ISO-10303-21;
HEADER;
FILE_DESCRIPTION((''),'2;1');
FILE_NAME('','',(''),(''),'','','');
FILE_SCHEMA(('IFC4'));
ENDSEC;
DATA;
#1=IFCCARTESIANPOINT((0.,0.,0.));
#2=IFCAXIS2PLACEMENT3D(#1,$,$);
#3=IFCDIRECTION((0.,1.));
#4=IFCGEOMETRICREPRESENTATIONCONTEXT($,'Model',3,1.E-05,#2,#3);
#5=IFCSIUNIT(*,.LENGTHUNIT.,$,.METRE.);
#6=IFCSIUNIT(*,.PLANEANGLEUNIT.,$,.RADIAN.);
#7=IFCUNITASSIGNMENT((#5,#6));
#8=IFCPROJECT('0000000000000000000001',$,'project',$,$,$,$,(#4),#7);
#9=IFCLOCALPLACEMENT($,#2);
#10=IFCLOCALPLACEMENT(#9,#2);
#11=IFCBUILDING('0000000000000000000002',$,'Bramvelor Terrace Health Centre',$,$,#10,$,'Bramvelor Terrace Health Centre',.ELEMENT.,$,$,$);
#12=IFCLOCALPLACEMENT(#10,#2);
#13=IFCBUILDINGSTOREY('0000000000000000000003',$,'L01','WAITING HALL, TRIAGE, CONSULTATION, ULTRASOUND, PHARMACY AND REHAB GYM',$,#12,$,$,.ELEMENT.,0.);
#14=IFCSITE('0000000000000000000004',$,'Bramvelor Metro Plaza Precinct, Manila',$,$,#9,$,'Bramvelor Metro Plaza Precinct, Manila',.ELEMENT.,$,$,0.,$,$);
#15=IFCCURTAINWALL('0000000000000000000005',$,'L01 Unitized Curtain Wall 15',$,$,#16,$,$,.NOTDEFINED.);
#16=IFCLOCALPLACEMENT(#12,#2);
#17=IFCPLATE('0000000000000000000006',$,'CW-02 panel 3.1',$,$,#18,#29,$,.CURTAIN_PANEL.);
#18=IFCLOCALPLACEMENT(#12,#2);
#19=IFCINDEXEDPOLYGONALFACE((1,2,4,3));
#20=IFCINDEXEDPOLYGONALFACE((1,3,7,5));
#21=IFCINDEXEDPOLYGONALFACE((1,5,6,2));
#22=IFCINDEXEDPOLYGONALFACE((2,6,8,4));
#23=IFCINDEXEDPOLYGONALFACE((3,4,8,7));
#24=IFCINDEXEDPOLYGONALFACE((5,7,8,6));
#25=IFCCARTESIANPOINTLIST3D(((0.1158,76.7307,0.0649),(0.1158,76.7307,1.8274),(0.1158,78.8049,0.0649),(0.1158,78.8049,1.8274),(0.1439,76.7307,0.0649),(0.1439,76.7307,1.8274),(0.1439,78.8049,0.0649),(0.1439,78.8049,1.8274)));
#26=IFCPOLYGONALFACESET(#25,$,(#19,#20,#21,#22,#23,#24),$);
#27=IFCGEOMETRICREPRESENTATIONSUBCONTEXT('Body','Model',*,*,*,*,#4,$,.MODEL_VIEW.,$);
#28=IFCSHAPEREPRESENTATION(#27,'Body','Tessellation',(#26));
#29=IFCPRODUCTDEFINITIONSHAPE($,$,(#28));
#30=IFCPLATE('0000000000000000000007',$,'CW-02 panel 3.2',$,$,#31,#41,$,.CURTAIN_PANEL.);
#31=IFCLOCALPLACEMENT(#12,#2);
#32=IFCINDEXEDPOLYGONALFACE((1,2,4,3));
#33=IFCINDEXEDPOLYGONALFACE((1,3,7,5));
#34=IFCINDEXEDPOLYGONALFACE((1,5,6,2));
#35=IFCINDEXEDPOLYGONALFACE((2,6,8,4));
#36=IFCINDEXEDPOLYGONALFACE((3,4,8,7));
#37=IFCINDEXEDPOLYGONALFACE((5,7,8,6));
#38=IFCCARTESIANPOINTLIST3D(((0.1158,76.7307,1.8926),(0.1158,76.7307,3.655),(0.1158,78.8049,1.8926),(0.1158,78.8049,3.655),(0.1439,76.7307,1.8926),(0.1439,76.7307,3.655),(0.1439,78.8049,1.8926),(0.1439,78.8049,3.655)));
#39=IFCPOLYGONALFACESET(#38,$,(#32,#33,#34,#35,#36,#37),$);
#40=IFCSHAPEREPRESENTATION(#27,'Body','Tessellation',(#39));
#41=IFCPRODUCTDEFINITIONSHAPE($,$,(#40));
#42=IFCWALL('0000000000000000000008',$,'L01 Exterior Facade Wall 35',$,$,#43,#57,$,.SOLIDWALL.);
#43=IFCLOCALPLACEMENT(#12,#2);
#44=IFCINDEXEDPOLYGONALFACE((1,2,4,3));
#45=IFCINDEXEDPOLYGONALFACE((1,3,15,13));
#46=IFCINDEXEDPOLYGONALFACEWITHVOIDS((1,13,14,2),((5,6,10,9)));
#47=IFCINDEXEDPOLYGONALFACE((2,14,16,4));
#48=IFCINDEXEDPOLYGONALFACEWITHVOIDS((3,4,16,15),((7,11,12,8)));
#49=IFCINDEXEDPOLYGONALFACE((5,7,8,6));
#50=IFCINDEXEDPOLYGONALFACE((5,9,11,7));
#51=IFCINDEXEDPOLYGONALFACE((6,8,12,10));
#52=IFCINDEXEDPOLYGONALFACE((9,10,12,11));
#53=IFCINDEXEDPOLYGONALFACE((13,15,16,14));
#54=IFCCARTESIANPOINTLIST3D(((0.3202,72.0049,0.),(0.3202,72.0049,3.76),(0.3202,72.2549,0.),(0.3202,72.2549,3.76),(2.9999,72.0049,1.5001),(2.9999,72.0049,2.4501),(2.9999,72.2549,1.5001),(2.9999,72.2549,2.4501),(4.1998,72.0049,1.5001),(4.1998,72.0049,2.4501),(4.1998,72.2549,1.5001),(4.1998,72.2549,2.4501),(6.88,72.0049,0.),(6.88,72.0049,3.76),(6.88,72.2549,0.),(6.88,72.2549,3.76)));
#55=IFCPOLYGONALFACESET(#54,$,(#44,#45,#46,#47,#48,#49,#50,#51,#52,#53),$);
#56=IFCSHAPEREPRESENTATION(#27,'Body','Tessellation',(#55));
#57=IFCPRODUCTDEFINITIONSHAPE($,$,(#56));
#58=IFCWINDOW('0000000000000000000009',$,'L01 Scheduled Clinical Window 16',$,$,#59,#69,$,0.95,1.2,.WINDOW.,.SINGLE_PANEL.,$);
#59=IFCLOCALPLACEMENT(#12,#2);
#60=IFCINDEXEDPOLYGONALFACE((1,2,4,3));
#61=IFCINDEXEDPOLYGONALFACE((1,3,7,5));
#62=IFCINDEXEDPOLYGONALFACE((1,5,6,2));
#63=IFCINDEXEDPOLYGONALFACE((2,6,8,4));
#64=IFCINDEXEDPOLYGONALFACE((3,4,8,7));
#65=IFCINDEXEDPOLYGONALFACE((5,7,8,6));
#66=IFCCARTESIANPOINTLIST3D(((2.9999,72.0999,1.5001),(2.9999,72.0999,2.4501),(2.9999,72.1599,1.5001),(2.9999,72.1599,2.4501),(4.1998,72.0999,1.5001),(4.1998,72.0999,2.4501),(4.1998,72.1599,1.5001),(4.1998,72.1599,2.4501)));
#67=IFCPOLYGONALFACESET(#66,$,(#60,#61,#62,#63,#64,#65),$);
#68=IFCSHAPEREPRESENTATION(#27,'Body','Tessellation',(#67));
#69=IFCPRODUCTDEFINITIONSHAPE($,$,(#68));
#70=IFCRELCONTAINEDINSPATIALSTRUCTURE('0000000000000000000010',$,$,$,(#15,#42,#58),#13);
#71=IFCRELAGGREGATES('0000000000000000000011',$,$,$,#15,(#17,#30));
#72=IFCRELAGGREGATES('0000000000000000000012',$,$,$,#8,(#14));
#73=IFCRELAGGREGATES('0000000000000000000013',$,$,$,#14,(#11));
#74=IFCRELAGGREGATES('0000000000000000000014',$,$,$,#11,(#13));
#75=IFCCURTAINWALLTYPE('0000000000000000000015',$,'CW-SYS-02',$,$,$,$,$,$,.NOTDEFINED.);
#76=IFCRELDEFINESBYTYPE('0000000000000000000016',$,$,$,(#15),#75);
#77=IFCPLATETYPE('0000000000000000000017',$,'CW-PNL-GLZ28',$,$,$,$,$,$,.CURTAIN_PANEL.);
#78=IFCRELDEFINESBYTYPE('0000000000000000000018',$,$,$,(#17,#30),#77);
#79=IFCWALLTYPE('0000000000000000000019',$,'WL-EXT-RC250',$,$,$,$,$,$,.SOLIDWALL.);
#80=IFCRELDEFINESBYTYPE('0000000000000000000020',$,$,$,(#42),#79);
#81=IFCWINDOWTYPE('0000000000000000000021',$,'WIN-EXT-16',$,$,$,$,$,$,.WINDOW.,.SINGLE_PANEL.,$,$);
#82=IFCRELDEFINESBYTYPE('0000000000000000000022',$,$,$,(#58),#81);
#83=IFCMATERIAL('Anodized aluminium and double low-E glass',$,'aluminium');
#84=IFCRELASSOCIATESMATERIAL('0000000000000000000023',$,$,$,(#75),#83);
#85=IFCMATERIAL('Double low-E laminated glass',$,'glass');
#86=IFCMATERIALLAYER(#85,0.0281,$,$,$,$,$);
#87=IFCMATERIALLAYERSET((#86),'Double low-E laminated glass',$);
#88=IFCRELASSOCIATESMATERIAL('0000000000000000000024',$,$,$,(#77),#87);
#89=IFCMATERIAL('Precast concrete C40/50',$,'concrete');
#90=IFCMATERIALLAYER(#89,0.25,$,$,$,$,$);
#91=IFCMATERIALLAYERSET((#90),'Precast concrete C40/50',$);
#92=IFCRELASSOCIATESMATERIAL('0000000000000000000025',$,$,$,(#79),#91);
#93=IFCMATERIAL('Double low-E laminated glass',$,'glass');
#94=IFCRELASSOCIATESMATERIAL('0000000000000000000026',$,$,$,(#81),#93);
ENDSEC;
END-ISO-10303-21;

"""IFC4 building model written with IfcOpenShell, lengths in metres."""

from ifc_helpers import new_model, si_unit, direction, frame, frame_2d, origin, origin_2d, place, context, subcontext, project, spatial, rectangle, extrude, material, layer, layer_set, type_object, element, fill, aggregate, save


model = new_model("IFC4")

# Units and contexts
model_context = context("Model", 3, precision=1e-05, world=origin(), true_north=direction((0.0, 1.0)))
body_context = subcontext(model_context, "Body", "Model", "MODEL_VIEW")
ifc_project = project(units=[si_unit("LENGTHUNIT", "METRE"), si_unit("PLANEANGLEUNIT", "RADIAN")], contexts=[model_context])

# Site, building, storey
site_placement = place(None, origin())
site = spatial("IfcSite", under=ifc_project, at=site_placement, Name="Bramvelor Metro Plaza Precinct, Manila", LongName="Bramvelor Metro Plaza Precinct, Manila", CompositionType="ELEMENT", RefElevation=0.0)
building_placement = place(site_placement, origin())
building = spatial("IfcBuilding", under=site, at=building_placement, Name="Bramvelor Terrace Health Centre", LongName="Bramvelor Terrace Health Centre", CompositionType="ELEMENT")
storey_placement = place(building_placement, origin())
storey = spatial("IfcBuildingStorey", under=building, at=storey_placement, Name="L01", Description="WAITING HALL, TRIAGE, CONSULTATION, ULTRASOUND, PHARMACY AND REHAB GYM", CompositionType="ELEMENT", Elevation=0.0)

# Shared definitions
ifc_material_1 = material(Name="Anodized aluminium and double low-E glass", Category="aluminium")
curtain_wall_type = type_object("IfcCurtainWallType", Name="CW-SYS-02", PredefinedType="NOTDEFINED", material=ifc_material_1)

# Curtain wall, plates
curtain_wall_1_placement = place(storey_placement, origin())
curtain_wall_1 = element("IfcCurtainWall", 1, at=curtain_wall_1_placement, inside=storey, type_object=curtain_wall_type, Name="L01 Unitized Curtain Wall 15", PredefinedType="NOTDEFINED")
ifc_material_2 = material(Name="Double low-E laminated glass", Category="glass")
ifc_layer_1 = layer(ifc_material_2, 0.0281)
ifc_layer_set_1 = layer_set([ifc_layer_1], Name="Double low-E laminated glass")
plate_type = type_object("IfcPlateType", Name="CW-PNL-GLZ28", PredefinedType="CURTAIN_PANEL", material=ifc_layer_set_1)
plate_1_placement = place(storey_placement, frame((0.1299, 77.7678, 0.0649), z_axis=(0.0, 0.0, 1.0), x_axis=(0.0, 1.0, 0.0)))
plate_1 = element("IfcPlate", 2, at=plate_1_placement, type_object=plate_type, Name="CW-02 panel 3.1", PredefinedType="CURTAIN_PANEL", context=body_context, shape_type="SweptSolid", body=[
    extrude(rectangle(XDim=2.0742, YDim=0.0281, at=origin_2d()), origin(), (0.0, 0.0, 1.0), 1.7625),
])
plate_2_placement = place(storey_placement, frame((0.1299, 77.7678, 1.8926), z_axis=(0.0, 0.0, 1.0), x_axis=(0.0, 1.0, 0.0)))
plate_2 = element("IfcPlate", 3, at=plate_2_placement, type_object=plate_type, Name="CW-02 panel 3.2", PredefinedType="CURTAIN_PANEL", context=body_context, shape_type="SweptSolid", body=[
    extrude(rectangle(XDim=2.0742, YDim=0.0281, at=origin_2d()), origin(), (0.0, 0.0, 1.0), 1.7625),
])
aggregate(curtain_wall_1, [plate_1, plate_2])

# Wall, opening, window
ifc_material_3 = material(Name="Precast concrete C40/50", Category="concrete")
ifc_layer_2 = layer(ifc_material_3, 0.25)
ifc_layer_set_2 = layer_set([ifc_layer_2], Name="Precast concrete C40/50")
wall_type = type_object("IfcWallType", Name="WL-EXT-RC250", PredefinedType="SOLIDWALL", material=ifc_layer_set_2)
wall_placement = place(storey_placement, frame((6.8799, 72.1299, 0.0), z_axis=(0.0, 0.0, 1.0), x_axis=(-1.0, 0.0, 0.0)))
wall = element("IfcWall", 4, at=wall_placement, inside=storey, type_object=wall_type, Name="L01 Exterior Facade Wall 35", PredefinedType="SOLIDWALL", context=body_context, shape_type="SweptSolid", body=[
    extrude(rectangle(XDim=6.5598, YDim=0.25, at=frame_2d((3.2798, 0.0))), origin(), (0.0, 0.0, 1.0), 3.76),
])
opening_placement = place(wall_placement, frame((2.6799, 0.0, 1.5)))
opening = element("IfcOpeningElement", 5, at=opening_placement, cuts=wall, PredefinedType="OPENING", context=body_context, shape_type="SweptSolid", body=[
    extrude(rectangle(XDim=1.2, YDim=0.95, at=frame_2d((0.6001, 0.4751))), frame((0.0, 0.135, 0.0), z_axis=(0.0, -1.0, 0.0), x_axis=(1.0, 0.0, 0.0)), (0.0, 0.0, 1.0), 0.27),
])
ifc_material_4 = material(Name="Double low-E laminated glass", Category="glass")
window_type = type_object("IfcWindowType", Name="WIN-EXT-16", PartitioningType="SINGLE_PANEL", PredefinedType="WINDOW", material=ifc_material_4)
window_placement = place(opening_placement, origin())
window = element("IfcWindow", 6, at=window_placement, inside=storey, type_object=window_type, Name="L01 Scheduled Clinical Window 16", OverallHeight=0.95, OverallWidth=1.2, PartitioningType="SINGLE_PANEL", PredefinedType="WINDOW", context=body_context, shape_type="SweptSolid", body=[
    extrude(rectangle(XDim=1.2, YDim=0.95, at=frame_2d((0.6001, 0.4751))), frame((0.0, 0.03, 0.0), z_axis=(0.0, -1.0, 0.0), x_axis=(1.0, 0.0, 0.0)), (0.0, 0.0, 1.0), 0.0601),
])
fill(opening, window)

save(model, "model.ifc")
